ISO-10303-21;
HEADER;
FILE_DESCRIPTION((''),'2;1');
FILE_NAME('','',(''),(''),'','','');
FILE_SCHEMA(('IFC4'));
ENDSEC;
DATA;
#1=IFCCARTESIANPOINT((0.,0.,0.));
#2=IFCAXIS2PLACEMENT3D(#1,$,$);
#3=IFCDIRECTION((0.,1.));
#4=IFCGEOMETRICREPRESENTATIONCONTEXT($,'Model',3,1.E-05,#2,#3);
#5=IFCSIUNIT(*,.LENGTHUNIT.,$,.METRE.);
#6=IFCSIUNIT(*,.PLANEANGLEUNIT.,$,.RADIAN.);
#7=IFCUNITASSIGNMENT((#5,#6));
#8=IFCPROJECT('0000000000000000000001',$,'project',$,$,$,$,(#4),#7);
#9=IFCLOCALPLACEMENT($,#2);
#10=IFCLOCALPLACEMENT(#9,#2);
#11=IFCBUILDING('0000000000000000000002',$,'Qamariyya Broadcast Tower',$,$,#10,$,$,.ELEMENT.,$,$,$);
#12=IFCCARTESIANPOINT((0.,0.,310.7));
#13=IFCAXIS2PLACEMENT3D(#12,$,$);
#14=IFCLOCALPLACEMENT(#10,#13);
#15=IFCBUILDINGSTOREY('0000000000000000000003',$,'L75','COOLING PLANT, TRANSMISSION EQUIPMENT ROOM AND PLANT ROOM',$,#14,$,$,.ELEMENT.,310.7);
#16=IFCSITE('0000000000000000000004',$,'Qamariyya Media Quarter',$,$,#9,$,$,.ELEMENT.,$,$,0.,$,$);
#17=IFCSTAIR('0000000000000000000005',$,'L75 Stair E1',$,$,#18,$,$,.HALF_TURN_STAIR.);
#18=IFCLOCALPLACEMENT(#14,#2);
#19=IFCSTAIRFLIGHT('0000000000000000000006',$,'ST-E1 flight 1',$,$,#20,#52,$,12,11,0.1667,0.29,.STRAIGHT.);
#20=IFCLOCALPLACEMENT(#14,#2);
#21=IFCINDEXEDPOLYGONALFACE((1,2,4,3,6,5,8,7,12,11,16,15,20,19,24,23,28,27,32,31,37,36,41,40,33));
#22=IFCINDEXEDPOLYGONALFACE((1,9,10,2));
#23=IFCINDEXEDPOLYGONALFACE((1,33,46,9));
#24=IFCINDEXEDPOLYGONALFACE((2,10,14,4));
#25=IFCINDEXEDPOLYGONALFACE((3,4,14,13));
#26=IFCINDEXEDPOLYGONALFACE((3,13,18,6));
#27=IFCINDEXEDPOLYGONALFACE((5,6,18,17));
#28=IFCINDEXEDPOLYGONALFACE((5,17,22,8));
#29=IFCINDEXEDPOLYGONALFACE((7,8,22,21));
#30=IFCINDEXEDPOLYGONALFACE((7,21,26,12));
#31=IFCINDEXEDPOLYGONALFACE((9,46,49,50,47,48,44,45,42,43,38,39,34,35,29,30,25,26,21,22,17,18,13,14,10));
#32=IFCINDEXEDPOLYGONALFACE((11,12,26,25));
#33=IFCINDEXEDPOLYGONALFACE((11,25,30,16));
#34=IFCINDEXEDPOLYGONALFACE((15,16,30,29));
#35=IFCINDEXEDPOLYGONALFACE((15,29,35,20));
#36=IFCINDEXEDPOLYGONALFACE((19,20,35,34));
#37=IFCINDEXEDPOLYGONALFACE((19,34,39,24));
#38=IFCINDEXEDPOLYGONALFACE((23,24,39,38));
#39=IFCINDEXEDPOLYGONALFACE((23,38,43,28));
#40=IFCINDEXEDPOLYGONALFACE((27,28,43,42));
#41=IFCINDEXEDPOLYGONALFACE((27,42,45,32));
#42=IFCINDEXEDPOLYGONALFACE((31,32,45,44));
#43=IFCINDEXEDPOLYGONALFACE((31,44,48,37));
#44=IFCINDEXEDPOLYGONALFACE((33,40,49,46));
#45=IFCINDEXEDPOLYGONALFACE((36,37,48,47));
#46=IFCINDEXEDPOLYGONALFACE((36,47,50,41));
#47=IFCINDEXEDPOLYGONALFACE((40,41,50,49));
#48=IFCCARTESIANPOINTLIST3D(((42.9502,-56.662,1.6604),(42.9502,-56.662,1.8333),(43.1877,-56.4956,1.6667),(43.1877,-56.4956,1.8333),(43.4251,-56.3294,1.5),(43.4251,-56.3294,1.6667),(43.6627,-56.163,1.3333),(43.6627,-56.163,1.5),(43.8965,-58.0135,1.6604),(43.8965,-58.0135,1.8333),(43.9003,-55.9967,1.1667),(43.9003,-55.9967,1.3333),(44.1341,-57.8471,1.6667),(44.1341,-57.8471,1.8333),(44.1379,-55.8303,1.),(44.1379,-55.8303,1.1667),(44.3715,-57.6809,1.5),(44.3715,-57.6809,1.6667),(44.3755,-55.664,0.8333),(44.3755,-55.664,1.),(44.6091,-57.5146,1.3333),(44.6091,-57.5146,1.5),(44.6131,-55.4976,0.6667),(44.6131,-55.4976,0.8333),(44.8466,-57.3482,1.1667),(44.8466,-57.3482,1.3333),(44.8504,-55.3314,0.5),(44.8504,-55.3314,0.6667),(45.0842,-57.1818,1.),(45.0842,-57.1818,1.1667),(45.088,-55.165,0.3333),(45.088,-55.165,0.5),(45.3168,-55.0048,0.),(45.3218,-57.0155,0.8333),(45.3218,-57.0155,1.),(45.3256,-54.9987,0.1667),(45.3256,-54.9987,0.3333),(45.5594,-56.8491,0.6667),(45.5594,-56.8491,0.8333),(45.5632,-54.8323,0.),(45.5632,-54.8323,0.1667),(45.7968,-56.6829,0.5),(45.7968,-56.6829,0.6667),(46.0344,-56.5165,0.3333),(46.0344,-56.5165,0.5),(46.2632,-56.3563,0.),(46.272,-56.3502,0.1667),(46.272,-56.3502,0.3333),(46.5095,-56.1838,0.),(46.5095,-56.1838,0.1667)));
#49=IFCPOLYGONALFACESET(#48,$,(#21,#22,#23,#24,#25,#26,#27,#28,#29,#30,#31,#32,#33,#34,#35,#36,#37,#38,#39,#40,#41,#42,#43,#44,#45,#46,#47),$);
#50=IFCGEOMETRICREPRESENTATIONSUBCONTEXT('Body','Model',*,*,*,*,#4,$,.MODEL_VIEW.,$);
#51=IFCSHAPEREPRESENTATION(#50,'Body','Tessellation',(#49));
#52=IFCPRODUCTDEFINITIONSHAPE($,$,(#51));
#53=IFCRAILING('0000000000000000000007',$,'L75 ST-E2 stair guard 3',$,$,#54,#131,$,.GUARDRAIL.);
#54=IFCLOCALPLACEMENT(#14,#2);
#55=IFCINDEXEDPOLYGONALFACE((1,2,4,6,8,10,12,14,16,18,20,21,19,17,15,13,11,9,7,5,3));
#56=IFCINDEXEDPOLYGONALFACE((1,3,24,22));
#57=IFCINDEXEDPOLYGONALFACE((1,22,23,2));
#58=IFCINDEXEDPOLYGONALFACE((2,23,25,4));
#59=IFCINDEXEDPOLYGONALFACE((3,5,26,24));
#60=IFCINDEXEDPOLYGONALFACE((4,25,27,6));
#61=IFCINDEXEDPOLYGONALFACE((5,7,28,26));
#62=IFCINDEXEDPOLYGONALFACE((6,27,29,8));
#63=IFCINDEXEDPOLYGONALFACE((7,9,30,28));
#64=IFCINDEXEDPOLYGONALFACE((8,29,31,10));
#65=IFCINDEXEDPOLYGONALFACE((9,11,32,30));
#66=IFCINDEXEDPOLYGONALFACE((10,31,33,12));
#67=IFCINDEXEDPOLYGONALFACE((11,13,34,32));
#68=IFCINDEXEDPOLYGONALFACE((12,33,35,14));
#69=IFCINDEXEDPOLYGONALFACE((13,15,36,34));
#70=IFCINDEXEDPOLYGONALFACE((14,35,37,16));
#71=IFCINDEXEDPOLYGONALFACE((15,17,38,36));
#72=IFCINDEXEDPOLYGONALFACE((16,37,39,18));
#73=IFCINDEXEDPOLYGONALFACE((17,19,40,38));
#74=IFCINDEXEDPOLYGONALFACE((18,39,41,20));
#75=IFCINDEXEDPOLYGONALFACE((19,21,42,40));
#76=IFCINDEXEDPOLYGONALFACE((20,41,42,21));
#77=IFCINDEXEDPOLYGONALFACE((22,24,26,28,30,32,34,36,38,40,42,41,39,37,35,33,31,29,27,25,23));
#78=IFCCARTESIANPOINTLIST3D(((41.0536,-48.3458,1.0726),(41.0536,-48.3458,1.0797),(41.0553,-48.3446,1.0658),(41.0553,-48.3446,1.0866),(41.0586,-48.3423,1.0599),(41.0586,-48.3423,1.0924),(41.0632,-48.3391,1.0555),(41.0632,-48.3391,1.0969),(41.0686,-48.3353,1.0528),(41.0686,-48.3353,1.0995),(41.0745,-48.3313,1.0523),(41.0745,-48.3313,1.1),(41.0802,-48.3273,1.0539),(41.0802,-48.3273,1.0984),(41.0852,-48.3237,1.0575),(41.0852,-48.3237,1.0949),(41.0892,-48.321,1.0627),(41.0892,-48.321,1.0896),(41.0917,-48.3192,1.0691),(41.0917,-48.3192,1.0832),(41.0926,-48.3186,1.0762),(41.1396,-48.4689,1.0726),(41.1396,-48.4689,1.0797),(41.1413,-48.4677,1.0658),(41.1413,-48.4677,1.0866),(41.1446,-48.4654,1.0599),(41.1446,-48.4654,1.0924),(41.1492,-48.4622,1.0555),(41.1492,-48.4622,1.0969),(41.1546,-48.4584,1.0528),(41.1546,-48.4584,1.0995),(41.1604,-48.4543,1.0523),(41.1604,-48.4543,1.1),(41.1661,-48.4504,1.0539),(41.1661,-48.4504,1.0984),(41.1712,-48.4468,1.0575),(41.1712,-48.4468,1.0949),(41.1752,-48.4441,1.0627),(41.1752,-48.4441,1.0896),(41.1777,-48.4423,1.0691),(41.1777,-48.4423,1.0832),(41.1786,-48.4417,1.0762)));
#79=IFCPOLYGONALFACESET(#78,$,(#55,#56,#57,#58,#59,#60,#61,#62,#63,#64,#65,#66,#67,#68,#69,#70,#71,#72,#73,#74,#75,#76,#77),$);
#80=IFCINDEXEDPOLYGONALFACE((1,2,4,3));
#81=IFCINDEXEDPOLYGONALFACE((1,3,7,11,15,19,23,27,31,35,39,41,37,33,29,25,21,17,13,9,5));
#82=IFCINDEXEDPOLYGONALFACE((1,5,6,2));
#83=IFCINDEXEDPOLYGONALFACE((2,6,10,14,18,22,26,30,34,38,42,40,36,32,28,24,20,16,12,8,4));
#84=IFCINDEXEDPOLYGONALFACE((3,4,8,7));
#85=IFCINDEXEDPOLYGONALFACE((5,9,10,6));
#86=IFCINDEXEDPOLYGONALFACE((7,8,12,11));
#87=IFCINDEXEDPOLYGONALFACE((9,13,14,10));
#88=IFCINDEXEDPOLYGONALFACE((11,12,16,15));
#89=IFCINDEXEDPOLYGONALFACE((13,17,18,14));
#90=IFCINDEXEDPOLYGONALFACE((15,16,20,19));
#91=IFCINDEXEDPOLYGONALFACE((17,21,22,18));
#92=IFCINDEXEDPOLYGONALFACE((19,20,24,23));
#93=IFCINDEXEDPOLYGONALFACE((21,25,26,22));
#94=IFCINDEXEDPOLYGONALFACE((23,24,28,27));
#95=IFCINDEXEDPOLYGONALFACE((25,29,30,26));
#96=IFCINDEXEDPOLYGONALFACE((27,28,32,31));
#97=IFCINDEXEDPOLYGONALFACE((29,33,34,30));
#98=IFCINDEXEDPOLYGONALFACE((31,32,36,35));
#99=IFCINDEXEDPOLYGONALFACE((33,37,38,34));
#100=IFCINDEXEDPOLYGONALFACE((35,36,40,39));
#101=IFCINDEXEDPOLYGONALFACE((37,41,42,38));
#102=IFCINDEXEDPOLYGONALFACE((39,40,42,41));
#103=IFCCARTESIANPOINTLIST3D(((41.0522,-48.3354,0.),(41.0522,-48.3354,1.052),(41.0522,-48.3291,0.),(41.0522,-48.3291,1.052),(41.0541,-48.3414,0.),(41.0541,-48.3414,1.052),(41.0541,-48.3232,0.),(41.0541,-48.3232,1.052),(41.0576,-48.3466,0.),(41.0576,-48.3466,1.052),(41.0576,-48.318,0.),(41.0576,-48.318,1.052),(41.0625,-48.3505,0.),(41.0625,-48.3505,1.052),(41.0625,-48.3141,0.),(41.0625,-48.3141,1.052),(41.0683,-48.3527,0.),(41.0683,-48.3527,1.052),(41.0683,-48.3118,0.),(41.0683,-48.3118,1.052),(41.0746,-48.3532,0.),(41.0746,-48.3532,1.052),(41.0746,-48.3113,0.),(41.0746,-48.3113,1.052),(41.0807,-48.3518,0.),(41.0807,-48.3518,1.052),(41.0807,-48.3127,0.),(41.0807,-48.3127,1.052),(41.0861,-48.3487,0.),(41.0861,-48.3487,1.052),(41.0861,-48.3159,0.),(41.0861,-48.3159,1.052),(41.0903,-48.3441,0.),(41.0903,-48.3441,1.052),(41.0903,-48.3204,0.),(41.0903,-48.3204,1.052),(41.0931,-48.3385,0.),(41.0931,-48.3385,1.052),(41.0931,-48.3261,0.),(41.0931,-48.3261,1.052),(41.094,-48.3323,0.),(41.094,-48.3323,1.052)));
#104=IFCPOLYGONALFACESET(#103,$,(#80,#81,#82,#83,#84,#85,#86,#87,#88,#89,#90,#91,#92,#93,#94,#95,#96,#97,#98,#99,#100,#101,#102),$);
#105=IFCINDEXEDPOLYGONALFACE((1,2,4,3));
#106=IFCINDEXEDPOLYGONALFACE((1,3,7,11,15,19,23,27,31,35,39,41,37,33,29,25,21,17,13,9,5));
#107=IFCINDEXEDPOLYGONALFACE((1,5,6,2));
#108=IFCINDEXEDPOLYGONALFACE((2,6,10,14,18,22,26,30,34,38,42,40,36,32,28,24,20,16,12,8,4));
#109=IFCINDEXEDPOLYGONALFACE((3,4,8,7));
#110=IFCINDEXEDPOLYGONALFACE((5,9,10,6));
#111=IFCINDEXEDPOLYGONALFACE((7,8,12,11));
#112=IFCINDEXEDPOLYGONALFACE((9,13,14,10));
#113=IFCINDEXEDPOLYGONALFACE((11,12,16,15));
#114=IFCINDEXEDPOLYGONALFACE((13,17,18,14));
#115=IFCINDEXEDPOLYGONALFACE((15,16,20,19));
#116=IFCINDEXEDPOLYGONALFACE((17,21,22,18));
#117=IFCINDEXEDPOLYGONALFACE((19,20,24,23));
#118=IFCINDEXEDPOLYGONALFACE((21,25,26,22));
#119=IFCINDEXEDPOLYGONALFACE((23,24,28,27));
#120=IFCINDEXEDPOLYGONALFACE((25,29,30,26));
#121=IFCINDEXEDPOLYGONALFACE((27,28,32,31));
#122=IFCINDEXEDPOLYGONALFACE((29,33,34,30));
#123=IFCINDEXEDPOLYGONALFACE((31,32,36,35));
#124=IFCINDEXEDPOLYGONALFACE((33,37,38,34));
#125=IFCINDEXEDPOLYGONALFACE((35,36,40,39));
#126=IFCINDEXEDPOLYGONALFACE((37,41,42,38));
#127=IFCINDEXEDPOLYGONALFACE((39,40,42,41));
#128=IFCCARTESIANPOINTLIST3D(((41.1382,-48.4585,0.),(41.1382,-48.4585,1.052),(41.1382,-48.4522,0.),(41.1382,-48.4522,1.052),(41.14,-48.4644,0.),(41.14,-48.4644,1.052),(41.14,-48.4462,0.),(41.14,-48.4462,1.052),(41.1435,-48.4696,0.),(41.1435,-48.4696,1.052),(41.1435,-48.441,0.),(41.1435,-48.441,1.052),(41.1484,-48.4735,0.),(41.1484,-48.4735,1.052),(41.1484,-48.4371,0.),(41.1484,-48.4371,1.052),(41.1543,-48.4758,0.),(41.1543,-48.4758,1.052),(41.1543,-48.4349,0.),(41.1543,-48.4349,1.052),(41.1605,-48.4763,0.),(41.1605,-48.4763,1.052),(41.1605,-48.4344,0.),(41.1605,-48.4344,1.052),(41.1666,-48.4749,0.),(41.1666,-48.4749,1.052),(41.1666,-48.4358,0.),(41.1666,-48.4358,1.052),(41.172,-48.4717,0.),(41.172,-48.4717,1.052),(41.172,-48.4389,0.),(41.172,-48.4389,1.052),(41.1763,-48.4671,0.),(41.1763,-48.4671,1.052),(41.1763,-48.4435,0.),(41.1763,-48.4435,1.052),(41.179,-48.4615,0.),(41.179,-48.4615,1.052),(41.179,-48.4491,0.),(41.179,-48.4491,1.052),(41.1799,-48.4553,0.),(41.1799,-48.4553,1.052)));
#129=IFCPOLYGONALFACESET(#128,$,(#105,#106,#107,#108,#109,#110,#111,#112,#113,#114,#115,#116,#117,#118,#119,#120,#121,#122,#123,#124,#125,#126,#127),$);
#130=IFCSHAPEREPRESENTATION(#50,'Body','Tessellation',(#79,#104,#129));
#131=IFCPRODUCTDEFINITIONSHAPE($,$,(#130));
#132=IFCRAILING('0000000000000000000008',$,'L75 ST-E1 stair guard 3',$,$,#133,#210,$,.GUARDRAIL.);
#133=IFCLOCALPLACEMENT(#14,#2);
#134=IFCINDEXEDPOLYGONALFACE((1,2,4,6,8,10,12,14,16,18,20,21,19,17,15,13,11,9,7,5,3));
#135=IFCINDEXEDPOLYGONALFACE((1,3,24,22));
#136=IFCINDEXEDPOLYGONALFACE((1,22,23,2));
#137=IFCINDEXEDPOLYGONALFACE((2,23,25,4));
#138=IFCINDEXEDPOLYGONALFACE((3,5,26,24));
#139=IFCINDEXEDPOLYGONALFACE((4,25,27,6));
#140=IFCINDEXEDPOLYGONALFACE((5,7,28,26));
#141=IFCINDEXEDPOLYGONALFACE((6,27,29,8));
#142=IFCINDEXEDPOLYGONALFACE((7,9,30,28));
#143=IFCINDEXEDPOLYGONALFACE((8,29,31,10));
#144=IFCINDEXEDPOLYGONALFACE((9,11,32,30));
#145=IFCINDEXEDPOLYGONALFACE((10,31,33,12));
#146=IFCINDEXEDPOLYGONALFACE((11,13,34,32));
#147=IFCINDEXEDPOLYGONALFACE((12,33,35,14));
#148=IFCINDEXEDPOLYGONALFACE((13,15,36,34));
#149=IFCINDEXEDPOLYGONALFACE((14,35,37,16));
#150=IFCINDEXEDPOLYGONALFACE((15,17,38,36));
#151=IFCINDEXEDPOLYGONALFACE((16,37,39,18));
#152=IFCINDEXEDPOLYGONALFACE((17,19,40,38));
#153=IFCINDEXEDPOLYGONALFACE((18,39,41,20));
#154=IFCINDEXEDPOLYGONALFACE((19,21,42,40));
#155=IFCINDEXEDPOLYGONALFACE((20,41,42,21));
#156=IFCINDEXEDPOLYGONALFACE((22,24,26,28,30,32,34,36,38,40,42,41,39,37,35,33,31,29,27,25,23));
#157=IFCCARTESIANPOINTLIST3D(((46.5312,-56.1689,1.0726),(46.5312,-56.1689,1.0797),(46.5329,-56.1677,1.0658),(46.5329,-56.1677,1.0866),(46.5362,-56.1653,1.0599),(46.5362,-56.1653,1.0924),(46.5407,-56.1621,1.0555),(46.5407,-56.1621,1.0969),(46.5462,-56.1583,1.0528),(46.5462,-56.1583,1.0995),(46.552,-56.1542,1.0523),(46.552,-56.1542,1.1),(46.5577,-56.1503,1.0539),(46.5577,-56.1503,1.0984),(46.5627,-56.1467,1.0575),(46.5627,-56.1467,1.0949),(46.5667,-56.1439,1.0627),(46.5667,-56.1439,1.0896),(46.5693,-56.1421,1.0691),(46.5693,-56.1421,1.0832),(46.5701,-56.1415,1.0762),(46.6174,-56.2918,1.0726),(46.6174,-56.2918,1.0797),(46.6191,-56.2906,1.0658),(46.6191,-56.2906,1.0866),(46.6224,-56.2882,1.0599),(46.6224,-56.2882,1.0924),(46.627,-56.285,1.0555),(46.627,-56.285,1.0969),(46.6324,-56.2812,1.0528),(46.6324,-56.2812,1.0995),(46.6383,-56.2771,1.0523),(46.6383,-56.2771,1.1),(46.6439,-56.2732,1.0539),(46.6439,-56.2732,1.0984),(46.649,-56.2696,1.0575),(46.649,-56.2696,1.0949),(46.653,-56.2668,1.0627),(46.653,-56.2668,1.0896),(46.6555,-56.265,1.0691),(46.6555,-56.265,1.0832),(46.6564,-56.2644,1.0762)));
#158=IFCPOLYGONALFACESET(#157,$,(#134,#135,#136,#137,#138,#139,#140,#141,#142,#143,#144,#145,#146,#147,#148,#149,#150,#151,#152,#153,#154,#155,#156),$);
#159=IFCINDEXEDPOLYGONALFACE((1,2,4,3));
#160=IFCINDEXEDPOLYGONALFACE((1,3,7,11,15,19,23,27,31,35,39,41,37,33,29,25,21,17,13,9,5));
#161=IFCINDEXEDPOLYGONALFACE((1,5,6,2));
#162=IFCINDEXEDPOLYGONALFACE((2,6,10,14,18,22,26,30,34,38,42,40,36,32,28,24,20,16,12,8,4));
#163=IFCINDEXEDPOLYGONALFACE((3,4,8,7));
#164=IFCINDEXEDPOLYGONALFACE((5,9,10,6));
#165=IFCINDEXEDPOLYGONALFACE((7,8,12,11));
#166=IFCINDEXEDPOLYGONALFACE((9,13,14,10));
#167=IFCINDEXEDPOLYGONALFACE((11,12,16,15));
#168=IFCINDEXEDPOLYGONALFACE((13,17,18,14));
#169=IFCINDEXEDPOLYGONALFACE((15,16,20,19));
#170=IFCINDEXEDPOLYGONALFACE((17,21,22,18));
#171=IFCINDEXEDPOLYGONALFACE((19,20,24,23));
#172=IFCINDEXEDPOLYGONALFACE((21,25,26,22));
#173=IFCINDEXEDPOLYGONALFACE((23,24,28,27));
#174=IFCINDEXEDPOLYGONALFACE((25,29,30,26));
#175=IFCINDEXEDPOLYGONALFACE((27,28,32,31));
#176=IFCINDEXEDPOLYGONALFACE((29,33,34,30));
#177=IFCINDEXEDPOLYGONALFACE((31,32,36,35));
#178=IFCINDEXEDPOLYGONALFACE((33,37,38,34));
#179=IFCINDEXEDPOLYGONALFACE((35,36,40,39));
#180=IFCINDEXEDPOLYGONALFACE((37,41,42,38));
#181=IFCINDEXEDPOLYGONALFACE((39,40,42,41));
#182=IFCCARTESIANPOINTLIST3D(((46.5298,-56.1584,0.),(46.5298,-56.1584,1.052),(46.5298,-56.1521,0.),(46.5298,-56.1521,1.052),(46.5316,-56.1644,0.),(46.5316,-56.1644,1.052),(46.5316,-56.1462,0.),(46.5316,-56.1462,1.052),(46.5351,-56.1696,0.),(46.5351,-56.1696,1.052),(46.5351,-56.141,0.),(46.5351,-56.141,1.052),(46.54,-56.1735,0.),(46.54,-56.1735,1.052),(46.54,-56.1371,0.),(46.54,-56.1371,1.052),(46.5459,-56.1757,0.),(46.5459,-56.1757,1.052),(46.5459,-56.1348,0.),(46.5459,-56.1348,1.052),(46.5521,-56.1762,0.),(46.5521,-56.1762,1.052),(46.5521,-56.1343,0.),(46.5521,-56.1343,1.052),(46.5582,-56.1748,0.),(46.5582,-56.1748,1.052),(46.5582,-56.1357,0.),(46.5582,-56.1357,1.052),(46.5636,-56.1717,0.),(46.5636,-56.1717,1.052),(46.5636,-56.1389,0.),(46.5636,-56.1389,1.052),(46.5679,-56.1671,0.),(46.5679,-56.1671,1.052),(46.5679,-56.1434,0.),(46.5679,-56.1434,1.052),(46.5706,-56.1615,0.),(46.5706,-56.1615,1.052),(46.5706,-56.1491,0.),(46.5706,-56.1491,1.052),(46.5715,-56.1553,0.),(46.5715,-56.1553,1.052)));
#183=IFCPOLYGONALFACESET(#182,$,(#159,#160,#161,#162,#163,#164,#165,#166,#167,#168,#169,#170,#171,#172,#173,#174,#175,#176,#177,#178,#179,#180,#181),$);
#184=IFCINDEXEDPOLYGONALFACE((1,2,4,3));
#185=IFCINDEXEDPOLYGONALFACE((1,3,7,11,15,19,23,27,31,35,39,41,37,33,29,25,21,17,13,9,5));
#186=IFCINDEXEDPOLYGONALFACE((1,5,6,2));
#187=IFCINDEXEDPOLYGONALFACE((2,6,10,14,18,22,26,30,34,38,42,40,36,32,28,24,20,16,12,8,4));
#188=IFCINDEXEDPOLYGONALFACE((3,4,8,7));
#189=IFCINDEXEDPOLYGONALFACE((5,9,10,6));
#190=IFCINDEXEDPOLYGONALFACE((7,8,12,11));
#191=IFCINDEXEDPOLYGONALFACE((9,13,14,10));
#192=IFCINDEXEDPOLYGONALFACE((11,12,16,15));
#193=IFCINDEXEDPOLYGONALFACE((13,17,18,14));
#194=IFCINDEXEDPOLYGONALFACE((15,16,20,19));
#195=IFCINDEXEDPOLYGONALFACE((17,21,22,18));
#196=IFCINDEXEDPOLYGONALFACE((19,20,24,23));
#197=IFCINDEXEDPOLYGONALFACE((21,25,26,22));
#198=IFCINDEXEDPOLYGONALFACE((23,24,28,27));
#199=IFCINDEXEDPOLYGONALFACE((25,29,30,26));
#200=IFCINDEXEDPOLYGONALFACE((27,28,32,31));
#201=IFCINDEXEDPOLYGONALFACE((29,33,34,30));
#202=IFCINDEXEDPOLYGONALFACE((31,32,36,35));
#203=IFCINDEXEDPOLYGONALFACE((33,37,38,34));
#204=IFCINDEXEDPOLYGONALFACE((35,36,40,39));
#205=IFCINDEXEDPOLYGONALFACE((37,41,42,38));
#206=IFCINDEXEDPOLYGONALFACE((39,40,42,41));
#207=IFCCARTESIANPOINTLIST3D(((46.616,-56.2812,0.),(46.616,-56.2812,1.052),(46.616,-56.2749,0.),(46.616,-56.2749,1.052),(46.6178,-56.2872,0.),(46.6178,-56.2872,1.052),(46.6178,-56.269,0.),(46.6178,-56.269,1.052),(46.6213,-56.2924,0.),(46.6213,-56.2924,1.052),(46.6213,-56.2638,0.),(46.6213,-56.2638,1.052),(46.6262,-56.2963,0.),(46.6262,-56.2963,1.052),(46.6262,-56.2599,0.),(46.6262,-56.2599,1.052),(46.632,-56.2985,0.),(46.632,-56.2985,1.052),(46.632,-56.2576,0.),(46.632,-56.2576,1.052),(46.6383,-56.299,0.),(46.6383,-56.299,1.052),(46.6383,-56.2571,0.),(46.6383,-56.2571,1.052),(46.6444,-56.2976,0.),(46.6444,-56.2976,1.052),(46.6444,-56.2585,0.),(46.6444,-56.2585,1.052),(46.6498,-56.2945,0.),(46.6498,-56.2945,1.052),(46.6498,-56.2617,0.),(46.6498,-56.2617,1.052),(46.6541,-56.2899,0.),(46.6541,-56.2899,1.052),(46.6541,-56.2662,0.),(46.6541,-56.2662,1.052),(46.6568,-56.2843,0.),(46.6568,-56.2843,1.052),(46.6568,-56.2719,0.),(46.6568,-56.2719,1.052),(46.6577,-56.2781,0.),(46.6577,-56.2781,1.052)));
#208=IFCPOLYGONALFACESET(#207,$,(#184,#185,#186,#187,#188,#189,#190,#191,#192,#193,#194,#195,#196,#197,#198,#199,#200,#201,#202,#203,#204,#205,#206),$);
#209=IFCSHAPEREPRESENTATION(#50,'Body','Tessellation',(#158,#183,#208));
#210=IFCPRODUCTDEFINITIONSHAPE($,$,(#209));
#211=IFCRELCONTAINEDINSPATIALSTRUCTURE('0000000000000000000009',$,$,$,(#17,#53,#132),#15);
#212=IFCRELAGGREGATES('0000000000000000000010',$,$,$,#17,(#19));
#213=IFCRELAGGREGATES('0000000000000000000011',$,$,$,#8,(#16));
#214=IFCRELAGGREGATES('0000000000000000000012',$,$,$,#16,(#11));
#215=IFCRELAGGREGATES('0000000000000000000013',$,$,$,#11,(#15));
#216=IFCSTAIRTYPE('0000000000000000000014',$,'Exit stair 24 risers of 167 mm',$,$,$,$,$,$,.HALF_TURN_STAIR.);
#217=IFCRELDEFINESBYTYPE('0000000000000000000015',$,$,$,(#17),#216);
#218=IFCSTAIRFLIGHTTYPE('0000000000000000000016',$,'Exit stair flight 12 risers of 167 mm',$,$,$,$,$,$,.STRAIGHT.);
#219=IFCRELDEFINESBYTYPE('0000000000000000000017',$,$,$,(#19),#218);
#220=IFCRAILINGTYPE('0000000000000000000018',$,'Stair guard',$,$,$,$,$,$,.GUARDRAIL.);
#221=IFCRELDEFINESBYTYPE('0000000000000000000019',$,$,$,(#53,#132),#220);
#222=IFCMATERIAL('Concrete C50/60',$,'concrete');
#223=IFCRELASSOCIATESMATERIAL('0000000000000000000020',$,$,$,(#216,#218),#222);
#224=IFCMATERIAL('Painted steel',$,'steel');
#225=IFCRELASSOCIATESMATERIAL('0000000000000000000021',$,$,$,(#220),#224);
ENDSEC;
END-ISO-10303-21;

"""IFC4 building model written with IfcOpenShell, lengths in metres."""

from ifc_helpers import new_model, si_unit, direction, frame, origin, origin_2d, place, context, subcontext, project, spatial, polyline, circle, outline, extrude, material, type_object, element, aggregate, save


model = new_model("IFC4")

# Units and contexts
model_context = context("Model", 3, precision=1e-05, world=origin(), true_north=direction((0.0, 1.0)))
body_context = subcontext(model_context, "Body", "Model", "MODEL_VIEW")
ifc_project = project(units=[si_unit("LENGTHUNIT", "METRE"), si_unit("PLANEANGLEUNIT", "RADIAN")], contexts=[model_context])

# Site, building, storey
site_placement = place(None, origin())
site = spatial("IfcSite", under=ifc_project, at=site_placement, Name="Qamariyya Media Quarter", CompositionType="ELEMENT", RefElevation=0.0)
building_placement = place(site_placement, origin())
building = spatial("IfcBuilding", under=site, at=building_placement, Name="Qamariyya Broadcast Tower", CompositionType="ELEMENT")
storey_placement = place(building_placement, frame((0.0, 0.0, 310.7)))
storey = spatial("IfcBuildingStorey", under=building, at=storey_placement, Name="L75", Description="COOLING PLANT, TRANSMISSION EQUIPMENT ROOM AND PLANT ROOM", CompositionType="ELEMENT", Elevation=310.7)

# Shared definitions
ifc_material_1 = material(Name="Concrete C50/60", Category="concrete")

# Stair, stair flight
stair_type = type_object("IfcStairType", Name="Exit stair 24 risers of 167 mm", PredefinedType="HALF_TURN_STAIR", material=ifc_material_1)
stair_flight_type = type_object("IfcStairFlightType", Name="Exit stair flight 12 risers of 167 mm", PredefinedType="STRAIGHT", material=ifc_material_1)
stair_1_placement = place(storey_placement, origin())
stair_1 = element("IfcStair", 1, at=stair_1_placement, inside=storey, type_object=stair_type, Name="L75 Stair E1", PredefinedType="HALF_TURN_STAIR")
stair_flight_1_placement = place(storey_placement, frame((46.0364, -55.5081, 0.0), z_axis=(0.0, 0.0, 1.0), x_axis=(-0.819152, -0.573576, 0.0)))
stair_flight_1 = element("IfcStairFlight", 2, at=stair_flight_1_placement, type_object=stair_flight_type, Name="ST-E1 flight 1", NumberOfRisers=12, NumberOfTreads=11, PredefinedType="STRAIGHT", RiserHeight=0.1667, TreadLength=0.29, context=body_context, shape_type="SweptSolid", body=[
    extrude(outline(polyline([(0.0, 0.0), (0.0, 0.1667), (0.29, 0.1667), (0.29, 0.3333), (0.5801, 0.3333), (0.5801, 0.5), (0.8701, 0.5), (0.8701, 0.6667), (1.1599, 0.6667), (1.1599, 0.8333), (1.45, 0.8333), (1.45, 1.0), (1.74, 1.0), (1.74, 1.1667), (2.03, 1.1667), (2.03, 1.3333), (2.3201, 1.3333), (2.3201, 1.5), (2.6101, 1.5), (2.6101, 1.6667), (2.8999, 1.6667), (2.8999, 1.8333), (3.1899, 1.8333), (3.1899, 2.0), (3.1899, 1.6604), (0.3008, 0.0), (0.0, 0.0)])), frame((0.0, 0.825, 0.0), z_axis=(0.0, -1.0, 0.0), x_axis=(1.0, 0.0, 0.0)), (0.0, 0.0, 1.0), 1.6499),
])
aggregate(stair_1, [stair_flight_1])

# Railings
ifc_material_2 = material(Name="Painted steel", Category="steel")
railing_type_1 = type_object("IfcRailingType", Name="Stair guard", PredefinedType="GUARDRAIL", material=ifc_material_2)
railing_1_placement = place(storey_placement, frame((41.073, -48.3323, 0.0)))
element("IfcRailing", 3, at=railing_1_placement, inside=storey, type_object=railing_type_1, Name="L75 ST-E2 stair guard 3", PredefinedType="GUARDRAIL", context=body_context, shape_type="SweptSolid", body=[
    extrude(circle(Radius=0.0239, at=origin_2d()), frame((0.0, 0.0, 1.0762), z_axis=(0.572589, -0.819843, 0.0), x_axis=(0.819843, 0.572589, 0.0)), (0.0, 0.0, 1.0), 0.1501),
    extrude(circle(Radius=0.021, at=origin_2d()), origin(), (0.0, 0.0, 1.0), 1.052),
    extrude(circle(Radius=0.021, at=origin_2d()), frame((0.0859, -0.123, 0.0)), (0.0, 0.0, 1.0), 1.052),
])
railing_2_placement = place(storey_placement, frame((46.5505, -56.1553, 0.0)))
element("IfcRailing", 4, at=railing_2_placement, inside=storey, type_object=railing_type_1, Name="L75 ST-E1 stair guard 3", PredefinedType="GUARDRAIL", context=body_context, shape_type="SweptSolid", body=[
    extrude(circle(Radius=0.0239, at=origin_2d()), frame((0.0, 0.0, 1.0762), z_axis=(0.574445, -0.818543, 0.0), x_axis=(0.818543, 0.574445, 0.0)), (0.0, 0.0, 1.0), 0.1501),
    extrude(circle(Radius=0.021, at=origin_2d()), origin(), (0.0, 0.0, 1.0), 1.052),
    extrude(circle(Radius=0.021, at=origin_2d()), frame((0.0862, -0.1228, 0.0)), (0.0, 0.0, 1.0), 1.052),
])

save(model, "model.ifc")
